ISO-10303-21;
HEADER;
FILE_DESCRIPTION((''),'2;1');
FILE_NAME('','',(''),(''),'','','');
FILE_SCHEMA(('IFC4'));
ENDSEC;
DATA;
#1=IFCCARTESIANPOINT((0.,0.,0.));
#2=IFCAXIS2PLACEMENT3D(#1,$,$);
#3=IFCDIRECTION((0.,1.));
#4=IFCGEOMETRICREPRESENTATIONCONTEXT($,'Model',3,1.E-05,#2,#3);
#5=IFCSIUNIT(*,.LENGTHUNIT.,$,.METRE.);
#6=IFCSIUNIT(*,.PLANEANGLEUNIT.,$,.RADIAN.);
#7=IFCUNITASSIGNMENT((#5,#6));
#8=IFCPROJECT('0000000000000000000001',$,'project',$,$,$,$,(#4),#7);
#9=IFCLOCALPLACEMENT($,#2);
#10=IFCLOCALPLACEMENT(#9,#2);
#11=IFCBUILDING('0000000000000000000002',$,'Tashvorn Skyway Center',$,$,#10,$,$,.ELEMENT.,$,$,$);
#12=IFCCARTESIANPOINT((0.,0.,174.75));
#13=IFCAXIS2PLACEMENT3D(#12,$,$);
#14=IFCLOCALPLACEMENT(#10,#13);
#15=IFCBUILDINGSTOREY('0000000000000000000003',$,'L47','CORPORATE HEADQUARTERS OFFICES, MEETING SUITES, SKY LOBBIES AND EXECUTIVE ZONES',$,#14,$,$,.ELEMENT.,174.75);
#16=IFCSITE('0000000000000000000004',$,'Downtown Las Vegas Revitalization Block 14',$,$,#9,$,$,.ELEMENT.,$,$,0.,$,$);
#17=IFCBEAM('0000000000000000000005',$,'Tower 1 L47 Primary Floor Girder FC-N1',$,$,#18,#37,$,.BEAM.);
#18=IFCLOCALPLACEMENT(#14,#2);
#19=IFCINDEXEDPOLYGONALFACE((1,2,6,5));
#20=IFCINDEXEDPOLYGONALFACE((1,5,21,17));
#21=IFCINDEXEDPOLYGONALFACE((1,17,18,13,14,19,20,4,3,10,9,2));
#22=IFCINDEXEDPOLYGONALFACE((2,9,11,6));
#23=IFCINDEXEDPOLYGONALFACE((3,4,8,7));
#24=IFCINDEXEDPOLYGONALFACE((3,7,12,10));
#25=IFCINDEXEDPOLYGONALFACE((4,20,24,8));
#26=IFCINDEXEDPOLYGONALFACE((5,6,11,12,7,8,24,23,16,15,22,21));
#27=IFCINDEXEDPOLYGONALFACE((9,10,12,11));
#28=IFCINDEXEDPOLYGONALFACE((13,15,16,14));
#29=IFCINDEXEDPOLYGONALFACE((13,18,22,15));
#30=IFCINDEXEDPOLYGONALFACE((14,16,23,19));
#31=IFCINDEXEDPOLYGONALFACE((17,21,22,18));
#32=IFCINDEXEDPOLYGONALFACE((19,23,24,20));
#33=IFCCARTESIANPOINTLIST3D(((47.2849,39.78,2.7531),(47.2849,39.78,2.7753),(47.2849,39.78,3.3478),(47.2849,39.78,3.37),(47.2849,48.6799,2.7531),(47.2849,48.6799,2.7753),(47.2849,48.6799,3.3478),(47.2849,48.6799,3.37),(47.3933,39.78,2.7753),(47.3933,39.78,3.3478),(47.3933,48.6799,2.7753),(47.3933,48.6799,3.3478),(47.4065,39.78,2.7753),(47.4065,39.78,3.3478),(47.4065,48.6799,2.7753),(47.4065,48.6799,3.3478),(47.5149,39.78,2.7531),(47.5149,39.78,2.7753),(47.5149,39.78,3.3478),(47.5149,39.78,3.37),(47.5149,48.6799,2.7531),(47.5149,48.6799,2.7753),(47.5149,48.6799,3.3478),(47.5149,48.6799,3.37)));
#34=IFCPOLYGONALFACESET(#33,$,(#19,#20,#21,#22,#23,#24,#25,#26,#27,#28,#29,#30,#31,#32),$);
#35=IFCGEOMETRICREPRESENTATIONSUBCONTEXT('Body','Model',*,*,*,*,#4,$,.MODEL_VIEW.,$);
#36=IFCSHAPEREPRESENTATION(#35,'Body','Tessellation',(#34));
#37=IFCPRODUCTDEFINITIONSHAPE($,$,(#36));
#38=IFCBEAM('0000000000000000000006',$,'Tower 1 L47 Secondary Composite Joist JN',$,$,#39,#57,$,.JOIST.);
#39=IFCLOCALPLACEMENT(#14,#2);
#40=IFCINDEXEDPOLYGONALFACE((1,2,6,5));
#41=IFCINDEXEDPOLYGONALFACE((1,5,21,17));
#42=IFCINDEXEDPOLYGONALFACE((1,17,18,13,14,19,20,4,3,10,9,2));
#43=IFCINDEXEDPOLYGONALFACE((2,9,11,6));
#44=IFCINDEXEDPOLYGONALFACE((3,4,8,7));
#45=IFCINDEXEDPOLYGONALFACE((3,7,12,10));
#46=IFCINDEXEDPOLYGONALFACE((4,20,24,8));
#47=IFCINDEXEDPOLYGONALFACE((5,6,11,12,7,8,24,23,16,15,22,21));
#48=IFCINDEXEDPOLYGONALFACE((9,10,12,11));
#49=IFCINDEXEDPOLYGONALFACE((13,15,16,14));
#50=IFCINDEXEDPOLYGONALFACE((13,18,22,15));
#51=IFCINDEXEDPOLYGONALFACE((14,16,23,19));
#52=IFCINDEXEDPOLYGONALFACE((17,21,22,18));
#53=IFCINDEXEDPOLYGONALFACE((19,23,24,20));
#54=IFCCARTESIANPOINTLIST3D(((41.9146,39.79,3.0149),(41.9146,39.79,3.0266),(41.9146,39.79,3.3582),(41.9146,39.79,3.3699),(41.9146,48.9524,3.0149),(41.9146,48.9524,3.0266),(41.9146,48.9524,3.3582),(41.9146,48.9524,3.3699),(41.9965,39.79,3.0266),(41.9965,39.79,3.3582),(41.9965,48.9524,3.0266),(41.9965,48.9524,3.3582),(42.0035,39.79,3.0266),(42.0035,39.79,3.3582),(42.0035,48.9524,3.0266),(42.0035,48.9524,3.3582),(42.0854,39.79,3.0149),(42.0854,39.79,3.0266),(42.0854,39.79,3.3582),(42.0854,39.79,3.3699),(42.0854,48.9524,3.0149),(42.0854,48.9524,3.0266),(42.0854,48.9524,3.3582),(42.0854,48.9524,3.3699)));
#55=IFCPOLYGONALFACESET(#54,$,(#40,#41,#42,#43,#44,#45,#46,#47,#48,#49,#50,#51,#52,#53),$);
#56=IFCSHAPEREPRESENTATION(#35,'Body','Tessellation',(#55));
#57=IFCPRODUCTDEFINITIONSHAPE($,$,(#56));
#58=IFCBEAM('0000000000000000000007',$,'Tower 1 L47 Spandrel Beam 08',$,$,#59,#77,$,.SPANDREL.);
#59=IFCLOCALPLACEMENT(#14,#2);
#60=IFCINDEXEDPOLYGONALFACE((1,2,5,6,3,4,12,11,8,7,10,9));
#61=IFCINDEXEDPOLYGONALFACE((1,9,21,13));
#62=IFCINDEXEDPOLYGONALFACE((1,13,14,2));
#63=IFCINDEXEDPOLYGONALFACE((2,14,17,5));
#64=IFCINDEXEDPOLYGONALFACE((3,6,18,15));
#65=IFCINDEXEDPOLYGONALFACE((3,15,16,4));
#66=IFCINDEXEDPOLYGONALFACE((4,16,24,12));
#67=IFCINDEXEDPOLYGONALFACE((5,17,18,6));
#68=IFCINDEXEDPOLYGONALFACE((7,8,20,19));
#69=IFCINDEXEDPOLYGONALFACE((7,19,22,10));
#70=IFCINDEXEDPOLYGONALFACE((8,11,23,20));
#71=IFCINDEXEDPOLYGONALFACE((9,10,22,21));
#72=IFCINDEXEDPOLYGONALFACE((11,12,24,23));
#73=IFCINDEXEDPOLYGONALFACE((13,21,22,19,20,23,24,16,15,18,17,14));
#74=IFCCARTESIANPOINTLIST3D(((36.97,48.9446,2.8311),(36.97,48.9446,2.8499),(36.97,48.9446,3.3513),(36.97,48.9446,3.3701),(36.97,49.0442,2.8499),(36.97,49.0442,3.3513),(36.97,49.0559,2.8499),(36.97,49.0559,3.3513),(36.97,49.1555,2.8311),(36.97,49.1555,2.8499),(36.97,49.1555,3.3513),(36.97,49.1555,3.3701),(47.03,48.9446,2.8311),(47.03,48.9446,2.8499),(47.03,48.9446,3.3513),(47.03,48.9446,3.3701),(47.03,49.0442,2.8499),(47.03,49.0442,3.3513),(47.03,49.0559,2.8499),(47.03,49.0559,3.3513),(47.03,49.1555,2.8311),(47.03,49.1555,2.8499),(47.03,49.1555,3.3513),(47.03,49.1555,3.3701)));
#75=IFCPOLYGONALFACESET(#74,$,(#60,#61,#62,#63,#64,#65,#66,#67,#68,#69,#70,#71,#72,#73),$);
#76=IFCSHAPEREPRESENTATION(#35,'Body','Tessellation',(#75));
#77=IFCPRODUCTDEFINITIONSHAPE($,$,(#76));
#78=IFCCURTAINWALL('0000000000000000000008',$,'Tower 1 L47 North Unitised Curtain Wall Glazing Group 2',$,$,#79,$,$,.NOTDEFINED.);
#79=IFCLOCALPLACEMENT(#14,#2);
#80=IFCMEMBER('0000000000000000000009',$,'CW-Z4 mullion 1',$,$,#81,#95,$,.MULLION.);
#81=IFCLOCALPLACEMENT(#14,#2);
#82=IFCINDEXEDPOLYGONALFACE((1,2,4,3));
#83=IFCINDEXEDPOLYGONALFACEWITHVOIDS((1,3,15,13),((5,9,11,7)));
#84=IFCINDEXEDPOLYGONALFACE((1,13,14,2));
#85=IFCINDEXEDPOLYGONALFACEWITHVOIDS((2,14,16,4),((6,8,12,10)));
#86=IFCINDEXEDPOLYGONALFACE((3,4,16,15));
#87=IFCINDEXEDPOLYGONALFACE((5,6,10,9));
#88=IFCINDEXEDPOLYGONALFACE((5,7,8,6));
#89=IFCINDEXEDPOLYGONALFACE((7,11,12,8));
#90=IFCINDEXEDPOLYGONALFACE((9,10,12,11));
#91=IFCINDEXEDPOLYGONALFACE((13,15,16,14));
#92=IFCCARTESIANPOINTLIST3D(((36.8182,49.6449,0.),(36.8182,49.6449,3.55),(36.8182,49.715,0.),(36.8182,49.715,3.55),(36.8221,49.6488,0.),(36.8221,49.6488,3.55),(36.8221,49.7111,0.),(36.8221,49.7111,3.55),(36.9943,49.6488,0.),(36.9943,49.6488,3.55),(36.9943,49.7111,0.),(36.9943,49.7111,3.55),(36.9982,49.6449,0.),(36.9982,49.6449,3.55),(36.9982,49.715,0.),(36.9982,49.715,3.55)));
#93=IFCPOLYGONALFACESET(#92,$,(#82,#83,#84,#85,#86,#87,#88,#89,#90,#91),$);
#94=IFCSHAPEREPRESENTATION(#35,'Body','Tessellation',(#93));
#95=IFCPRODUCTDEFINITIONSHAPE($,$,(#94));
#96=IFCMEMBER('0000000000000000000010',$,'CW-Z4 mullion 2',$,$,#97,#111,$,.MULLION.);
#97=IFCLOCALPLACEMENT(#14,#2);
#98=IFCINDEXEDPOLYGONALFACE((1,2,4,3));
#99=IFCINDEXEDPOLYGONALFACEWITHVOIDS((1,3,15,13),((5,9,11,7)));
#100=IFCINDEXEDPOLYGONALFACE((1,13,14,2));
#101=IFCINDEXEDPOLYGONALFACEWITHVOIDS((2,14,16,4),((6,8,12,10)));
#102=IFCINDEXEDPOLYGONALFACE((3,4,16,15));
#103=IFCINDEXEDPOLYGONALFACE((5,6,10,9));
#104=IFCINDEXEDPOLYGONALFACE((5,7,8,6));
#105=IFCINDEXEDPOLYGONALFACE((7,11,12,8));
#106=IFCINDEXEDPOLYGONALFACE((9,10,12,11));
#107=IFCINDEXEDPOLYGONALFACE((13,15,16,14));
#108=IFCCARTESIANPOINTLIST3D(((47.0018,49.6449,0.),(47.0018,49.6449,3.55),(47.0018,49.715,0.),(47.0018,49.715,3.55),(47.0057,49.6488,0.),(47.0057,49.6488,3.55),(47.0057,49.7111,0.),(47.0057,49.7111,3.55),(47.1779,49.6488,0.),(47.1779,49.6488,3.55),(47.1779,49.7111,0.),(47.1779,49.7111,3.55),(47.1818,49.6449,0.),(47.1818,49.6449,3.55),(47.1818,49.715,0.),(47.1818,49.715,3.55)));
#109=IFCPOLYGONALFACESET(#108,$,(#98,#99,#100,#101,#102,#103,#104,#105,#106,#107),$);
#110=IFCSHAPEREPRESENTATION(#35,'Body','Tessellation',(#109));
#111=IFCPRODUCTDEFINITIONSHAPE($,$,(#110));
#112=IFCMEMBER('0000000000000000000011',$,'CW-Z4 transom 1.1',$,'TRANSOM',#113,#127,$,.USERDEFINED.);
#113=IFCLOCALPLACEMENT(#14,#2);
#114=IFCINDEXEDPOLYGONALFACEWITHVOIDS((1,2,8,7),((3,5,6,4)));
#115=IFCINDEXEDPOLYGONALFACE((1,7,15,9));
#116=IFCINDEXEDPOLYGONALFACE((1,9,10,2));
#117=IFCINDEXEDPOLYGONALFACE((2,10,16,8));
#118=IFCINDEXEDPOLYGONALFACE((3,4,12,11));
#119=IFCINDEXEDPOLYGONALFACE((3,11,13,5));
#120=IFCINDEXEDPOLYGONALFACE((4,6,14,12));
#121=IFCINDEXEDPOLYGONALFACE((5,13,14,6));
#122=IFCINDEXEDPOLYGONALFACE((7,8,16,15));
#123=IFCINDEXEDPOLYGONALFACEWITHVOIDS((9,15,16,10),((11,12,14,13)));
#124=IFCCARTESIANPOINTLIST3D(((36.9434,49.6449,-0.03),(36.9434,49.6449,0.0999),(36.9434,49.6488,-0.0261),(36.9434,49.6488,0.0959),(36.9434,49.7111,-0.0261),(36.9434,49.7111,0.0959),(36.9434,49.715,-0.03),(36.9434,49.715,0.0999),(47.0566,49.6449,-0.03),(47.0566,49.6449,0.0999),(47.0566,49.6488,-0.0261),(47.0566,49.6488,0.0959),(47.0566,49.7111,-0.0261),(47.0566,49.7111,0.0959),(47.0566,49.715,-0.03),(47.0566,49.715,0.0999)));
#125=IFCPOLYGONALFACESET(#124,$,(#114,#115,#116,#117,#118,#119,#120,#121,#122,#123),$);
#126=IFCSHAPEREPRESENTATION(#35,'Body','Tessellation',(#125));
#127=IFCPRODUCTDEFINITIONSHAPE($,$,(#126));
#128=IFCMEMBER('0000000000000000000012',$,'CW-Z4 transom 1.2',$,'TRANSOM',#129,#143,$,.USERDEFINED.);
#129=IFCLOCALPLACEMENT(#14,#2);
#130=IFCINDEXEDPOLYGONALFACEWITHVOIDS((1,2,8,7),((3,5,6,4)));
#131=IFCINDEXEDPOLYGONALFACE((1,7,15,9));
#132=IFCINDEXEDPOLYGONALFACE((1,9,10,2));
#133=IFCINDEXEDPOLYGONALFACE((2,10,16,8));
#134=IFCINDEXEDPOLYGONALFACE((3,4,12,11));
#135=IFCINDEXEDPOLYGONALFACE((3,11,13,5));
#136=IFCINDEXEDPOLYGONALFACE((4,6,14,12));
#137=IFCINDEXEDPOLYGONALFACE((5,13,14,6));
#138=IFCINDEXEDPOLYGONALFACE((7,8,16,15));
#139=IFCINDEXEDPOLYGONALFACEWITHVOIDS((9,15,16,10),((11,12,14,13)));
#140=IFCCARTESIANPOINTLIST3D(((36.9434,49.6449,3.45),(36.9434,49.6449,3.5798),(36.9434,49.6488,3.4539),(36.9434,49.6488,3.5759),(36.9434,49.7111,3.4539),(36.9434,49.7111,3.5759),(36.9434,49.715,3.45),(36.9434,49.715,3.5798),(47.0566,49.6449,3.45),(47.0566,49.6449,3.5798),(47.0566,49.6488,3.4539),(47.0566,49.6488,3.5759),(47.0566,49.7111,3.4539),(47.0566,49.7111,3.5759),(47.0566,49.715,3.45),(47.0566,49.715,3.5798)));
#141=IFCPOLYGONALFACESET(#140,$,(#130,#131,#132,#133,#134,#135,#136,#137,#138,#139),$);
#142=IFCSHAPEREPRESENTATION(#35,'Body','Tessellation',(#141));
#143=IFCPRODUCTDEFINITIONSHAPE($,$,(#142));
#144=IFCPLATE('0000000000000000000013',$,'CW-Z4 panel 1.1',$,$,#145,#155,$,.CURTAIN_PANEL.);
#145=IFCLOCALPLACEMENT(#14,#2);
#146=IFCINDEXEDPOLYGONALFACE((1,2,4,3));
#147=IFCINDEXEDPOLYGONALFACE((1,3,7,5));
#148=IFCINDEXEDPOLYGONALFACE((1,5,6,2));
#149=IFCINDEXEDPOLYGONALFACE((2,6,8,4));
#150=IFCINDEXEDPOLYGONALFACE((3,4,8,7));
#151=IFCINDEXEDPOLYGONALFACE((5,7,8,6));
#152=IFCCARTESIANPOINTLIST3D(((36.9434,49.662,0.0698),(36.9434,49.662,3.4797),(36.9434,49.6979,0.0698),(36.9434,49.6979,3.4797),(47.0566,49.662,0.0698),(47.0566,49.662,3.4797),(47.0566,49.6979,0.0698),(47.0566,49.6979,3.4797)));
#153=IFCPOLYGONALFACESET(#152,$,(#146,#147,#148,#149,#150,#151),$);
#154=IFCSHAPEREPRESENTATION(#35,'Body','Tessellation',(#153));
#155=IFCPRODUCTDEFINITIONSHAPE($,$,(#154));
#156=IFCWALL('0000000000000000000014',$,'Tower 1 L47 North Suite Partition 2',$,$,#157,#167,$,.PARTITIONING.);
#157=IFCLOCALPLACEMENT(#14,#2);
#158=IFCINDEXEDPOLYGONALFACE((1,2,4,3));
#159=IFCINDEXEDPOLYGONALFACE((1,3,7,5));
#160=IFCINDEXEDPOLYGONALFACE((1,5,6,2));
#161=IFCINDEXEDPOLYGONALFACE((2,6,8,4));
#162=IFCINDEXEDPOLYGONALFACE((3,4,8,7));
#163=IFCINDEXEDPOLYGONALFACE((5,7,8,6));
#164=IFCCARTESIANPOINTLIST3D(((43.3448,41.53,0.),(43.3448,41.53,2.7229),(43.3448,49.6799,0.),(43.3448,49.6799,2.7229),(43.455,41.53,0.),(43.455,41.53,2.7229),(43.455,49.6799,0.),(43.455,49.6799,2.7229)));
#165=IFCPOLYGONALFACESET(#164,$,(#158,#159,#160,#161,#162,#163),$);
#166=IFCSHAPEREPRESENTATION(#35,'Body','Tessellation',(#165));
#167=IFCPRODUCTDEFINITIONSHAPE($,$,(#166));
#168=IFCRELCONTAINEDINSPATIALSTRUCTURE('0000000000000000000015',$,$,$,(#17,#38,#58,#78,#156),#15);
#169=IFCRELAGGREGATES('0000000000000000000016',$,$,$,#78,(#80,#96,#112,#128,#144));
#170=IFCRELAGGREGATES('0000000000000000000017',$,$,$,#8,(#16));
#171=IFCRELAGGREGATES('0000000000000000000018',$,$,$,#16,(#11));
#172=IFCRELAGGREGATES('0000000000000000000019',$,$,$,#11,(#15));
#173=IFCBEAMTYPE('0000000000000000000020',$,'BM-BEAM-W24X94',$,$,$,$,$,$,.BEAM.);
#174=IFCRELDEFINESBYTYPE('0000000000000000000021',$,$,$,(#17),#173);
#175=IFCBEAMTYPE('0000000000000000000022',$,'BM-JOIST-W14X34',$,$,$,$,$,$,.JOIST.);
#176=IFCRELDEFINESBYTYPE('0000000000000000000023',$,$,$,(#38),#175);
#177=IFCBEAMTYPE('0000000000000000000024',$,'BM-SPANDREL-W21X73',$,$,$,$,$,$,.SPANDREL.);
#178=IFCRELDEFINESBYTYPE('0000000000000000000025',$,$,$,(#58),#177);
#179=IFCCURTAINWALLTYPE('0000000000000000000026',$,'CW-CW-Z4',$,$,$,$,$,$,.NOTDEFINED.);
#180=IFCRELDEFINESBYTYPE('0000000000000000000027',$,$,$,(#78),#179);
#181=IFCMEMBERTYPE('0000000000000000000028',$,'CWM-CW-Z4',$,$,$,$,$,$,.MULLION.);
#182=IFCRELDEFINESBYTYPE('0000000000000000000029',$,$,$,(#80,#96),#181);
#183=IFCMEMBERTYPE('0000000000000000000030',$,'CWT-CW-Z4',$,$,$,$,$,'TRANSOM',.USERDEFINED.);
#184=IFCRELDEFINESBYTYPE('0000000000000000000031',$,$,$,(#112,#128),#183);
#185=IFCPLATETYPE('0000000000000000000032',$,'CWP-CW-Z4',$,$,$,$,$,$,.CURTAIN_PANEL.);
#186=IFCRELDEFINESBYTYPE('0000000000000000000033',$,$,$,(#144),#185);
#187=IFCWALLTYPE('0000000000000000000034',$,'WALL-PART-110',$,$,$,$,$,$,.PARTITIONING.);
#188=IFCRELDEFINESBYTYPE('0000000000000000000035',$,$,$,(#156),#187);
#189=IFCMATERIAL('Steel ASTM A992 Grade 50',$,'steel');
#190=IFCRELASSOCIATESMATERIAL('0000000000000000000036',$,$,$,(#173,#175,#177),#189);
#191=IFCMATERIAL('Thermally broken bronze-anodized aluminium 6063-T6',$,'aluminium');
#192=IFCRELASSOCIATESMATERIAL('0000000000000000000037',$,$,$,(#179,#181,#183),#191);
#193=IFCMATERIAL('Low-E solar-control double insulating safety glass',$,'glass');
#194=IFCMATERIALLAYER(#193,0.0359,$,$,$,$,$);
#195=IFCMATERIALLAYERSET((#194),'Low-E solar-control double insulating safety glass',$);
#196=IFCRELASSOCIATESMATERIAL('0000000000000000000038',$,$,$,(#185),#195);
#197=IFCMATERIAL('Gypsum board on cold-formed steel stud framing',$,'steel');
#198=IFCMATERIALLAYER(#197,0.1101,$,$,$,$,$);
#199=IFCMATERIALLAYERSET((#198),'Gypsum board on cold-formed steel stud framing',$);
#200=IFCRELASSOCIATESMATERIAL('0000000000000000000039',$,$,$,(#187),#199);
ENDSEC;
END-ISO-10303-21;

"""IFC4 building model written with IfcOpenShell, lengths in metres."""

from ifc_helpers import new_model, si_unit, direction, frame, frame_2d, origin, origin_2d, place, context, subcontext, project, spatial, rectangle, hollow_rectangle, i_section, extrude, material, layer, layer_set, material_profile, profile_set, type_object, element, aggregate, save


model = new_model("IFC4")

# Units and contexts
model_context = context("Model", 3, precision=1e-05, world=origin(), true_north=direction((0.0, 1.0)))
body_context = subcontext(model_context, "Body", "Model", "MODEL_VIEW")
ifc_project = project(units=[si_unit("LENGTHUNIT", "METRE"), si_unit("PLANEANGLEUNIT", "RADIAN")], contexts=[model_context])

# Site, building, storey
site_placement = place(None, origin())
site = spatial("IfcSite", under=ifc_project, at=site_placement, Name="Downtown Las Vegas Revitalization Block 14", CompositionType="ELEMENT", RefElevation=0.0)
building_placement = place(site_placement, origin())
building = spatial("IfcBuilding", under=site, at=building_placement, Name="Tashvorn Skyway Center", CompositionType="ELEMENT")
storey_placement = place(building_placement, frame((0.0, 0.0, 174.75)))
storey = spatial("IfcBuildingStorey", under=building, at=storey_placement, Name="L47", Description="CORPORATE HEADQUARTERS OFFICES, MEETING SUITES, SKY LOBBIES AND EXECUTIVE ZONES", CompositionType="ELEMENT", Elevation=174.75)

# Beams
ifc_material_1 = material(Name="Steel ASTM A992 Grade 50", Category="steel")
ifc_material_profile_1 = material_profile(ifc_material_1, i_section(OverallWidth=0.23, OverallDepth=0.6169, WebThickness=0.0132, FlangeThickness=0.0222, at=origin_2d()), Name="W24X94")
ifc_profile_set_1 = profile_set([ifc_material_profile_1], Name="Steel ASTM A992 Grade 50")
beam_type_1 = type_object("IfcBeamType", Name="BM-BEAM-W24X94", PredefinedType="BEAM", material=ifc_profile_set_1)
beam_1_placement = place(storey_placement, frame((47.3999, 48.6799, 3.0615), z_axis=(0.0, -1.0, 0.0), x_axis=(1.0, 0.0, 0.0)))
element("IfcBeam", 1, at=beam_1_placement, inside=storey, type_object=beam_type_1, Name="Tower 1 L47 Primary Floor Girder FC-N1", PredefinedType="BEAM", context=body_context, shape_type="SweptSolid", body=[
    extrude(i_section(OverallWidth=0.23, OverallDepth=0.6169, WebThickness=0.0132, FlangeThickness=0.0222, at=origin_2d()), origin(), (0.0, 0.0, 1.0), 8.8999),
])
ifc_material_profile_2 = material_profile(ifc_material_1, i_section(OverallWidth=0.1709, OverallDepth=0.355, WebThickness=0.0071, FlangeThickness=0.0117, at=origin_2d()), Name="W14X34")
ifc_profile_set_2 = profile_set([ifc_material_profile_2], Name="Steel ASTM A992 Grade 50")
beam_type_2 = type_object("IfcBeamType", Name="BM-JOIST-W14X34", PredefinedType="JOIST", material=ifc_profile_set_2)
beam_2_placement = place(storey_placement, frame((42.0, 39.79, 3.1924), z_axis=(0.0, 1.0, 0.0), x_axis=(-1.0, 0.0, 0.0)))
element("IfcBeam", 2, at=beam_2_placement, inside=storey, type_object=beam_type_2, Name="Tower 1 L47 Secondary Composite Joist JN", PredefinedType="JOIST", context=body_context, shape_type="SweptSolid", body=[
    extrude(i_section(OverallWidth=0.1709, OverallDepth=0.355, WebThickness=0.0071, FlangeThickness=0.0117, at=origin_2d()), origin(), (0.0, 0.0, 1.0), 9.1624),
])
ifc_material_profile_3 = material_profile(ifc_material_1, i_section(OverallWidth=0.2109, OverallDepth=0.5391, WebThickness=0.0117, FlangeThickness=0.0188, at=origin_2d()), Name="W21X73")
ifc_profile_set_3 = profile_set([ifc_material_profile_3], Name="Steel ASTM A992 Grade 50")
beam_type_3 = type_object("IfcBeamType", Name="BM-SPANDREL-W21X73", PredefinedType="SPANDREL", material=ifc_profile_set_3)
beam_3_placement = place(storey_placement, frame((47.03, 49.05, 3.1006), z_axis=(-1.0, 0.0, 0.0), x_axis=(0.0, -1.0, 0.0)))
element("IfcBeam", 3, at=beam_3_placement, inside=storey, type_object=beam_type_3, Name="Tower 1 L47 Spandrel Beam 08", PredefinedType="SPANDREL", context=body_context, shape_type="SweptSolid", body=[
    extrude(i_section(OverallWidth=0.2109, OverallDepth=0.5391, WebThickness=0.0117, FlangeThickness=0.0188, at=origin_2d()), origin(), (0.0, 0.0, 1.0), 10.0601),
])

# Curtain wall, members, plate
ifc_material_2 = material(Name="Thermally broken bronze-anodized aluminium 6063-T6", Category="aluminium")
curtain_wall_type = type_object("IfcCurtainWallType", Name="CW-CW-Z4", PredefinedType="NOTDEFINED", material=ifc_material_2)
curtain_wall_placement = place(storey_placement, origin())
curtain_wall = element("IfcCurtainWall", 4, at=curtain_wall_placement, inside=storey, type_object=curtain_wall_type, Name="Tower 1 L47 North Unitised Curtain Wall Glazing Group 2", PredefinedType="NOTDEFINED")
ifc_material_profile_4 = material_profile(ifc_material_2, hollow_rectangle(XDim=0.0701, YDim=0.1799, WallThickness=0.0039, at=origin_2d()), Name="ALU-MULL-70x180")
ifc_profile_set_4 = profile_set([ifc_material_profile_4], Name="Thermally broken bronze-anodized aluminium 6063-T6")
member_type_1 = type_object("IfcMemberType", Name="CWM-CW-Z4", PredefinedType="MULLION", material=ifc_profile_set_4)
member_1_placement = place(storey_placement, frame((36.9082, 49.6799, 0.0), z_axis=(0.0, 0.0, 1.0), x_axis=(0.0, 1.0, 0.0)))
member_1 = element("IfcMember", 5, at=member_1_placement, type_object=member_type_1, Name="CW-Z4 mullion 1", PredefinedType="MULLION", context=body_context, shape_type="SweptSolid", body=[
    extrude(hollow_rectangle(XDim=0.0701, YDim=0.1799, WallThickness=0.0039, at=origin_2d()), origin(), (0.0, 0.0, 1.0), 3.55),
])
member_2_placement = place(storey_placement, frame((47.0918, 49.6799, 0.0), z_axis=(0.0, 0.0, 1.0), x_axis=(0.0, 1.0, 0.0)))
member_2 = element("IfcMember", 6, at=member_2_placement, type_object=member_type_1, Name="CW-Z4 mullion 2", PredefinedType="MULLION", context=body_context, shape_type="SweptSolid", body=[
    extrude(hollow_rectangle(XDim=0.0701, YDim=0.1799, WallThickness=0.0039, at=origin_2d()), origin(), (0.0, 0.0, 1.0), 3.55),
])
ifc_material_profile_5 = material_profile(ifc_material_2, hollow_rectangle(XDim=0.0701, YDim=0.1299, WallThickness=0.0039, at=origin_2d()), Name="ALU-TRAN-70x130")
ifc_profile_set_5 = profile_set([ifc_material_profile_5], Name="Thermally broken bronze-anodized aluminium 6063-T6")
member_type_2 = type_object("IfcMemberType", Name="CWT-CW-Z4", ElementType="TRANSOM", PredefinedType="USERDEFINED", material=ifc_profile_set_5)
member_3_placement = place(storey_placement, frame((36.9434, 49.6799, 0.0349), z_axis=(1.0, 0.0, 0.0), x_axis=(0.0, 1.0, 0.0)))
member_3 = element("IfcMember", 7, at=member_3_placement, type_object=member_type_2, Name="CW-Z4 transom 1.1", ObjectType="TRANSOM", PredefinedType="USERDEFINED", context=body_context, shape_type="SweptSolid", body=[
    extrude(hollow_rectangle(XDim=0.0701, YDim=0.1299, WallThickness=0.0039, at=origin_2d()), origin(), (0.0, 0.0, 1.0), 10.1133),
])
member_4_placement = place(storey_placement, frame((36.9434, 49.6799, 3.5149), z_axis=(1.0, 0.0, 0.0), x_axis=(0.0, 1.0, 0.0)))
member_4 = element("IfcMember", 8, at=member_4_placement, type_object=member_type_2, Name="CW-Z4 transom 1.2", ObjectType="TRANSOM", PredefinedType="USERDEFINED", context=body_context, shape_type="SweptSolid", body=[
    extrude(hollow_rectangle(XDim=0.0701, YDim=0.1299, WallThickness=0.0039, at=origin_2d()), origin(), (0.0, 0.0, 1.0), 10.1133),
])
ifc_material_3 = material(Name="Low-E solar-control double insulating safety glass", Category="glass")
ifc_layer_1 = layer(ifc_material_3, 0.0359)
ifc_layer_set_1 = layer_set([ifc_layer_1], Name="Low-E solar-control double insulating safety glass")
plate_type = type_object("IfcPlateType", Name="CWP-CW-Z4", PredefinedType="CURTAIN_PANEL", material=ifc_layer_set_1)
plate_placement = place(storey_placement, frame((42.0, 49.6799, 0.0698), z_axis=(0.0, 0.0, 1.0), x_axis=(1.0, 0.0, 0.0)))
plate = element("IfcPlate", 9, at=plate_placement, type_object=plate_type, Name="CW-Z4 panel 1.1", PredefinedType="CURTAIN_PANEL", context=body_context, shape_type="SweptSolid", body=[
    extrude(rectangle(XDim=10.1133, YDim=0.0359, at=origin_2d()), origin(), (0.0, 0.0, 1.0), 3.4099),
])
aggregate(curtain_wall, [member_1, member_2, member_3, member_4, plate])

# Wall
ifc_material_4 = material(Name="Gypsum board on cold-formed steel stud framing", Category="steel")
ifc_layer_2 = layer(ifc_material_4, 0.1101)
ifc_layer_set_2 = layer_set([ifc_layer_2], Name="Gypsum board on cold-formed steel stud framing")
wall_type_1 = type_object("IfcWallType", Name="WALL-PART-110", PredefinedType="PARTITIONING", material=ifc_layer_set_2)
wall_1_placement = place(storey_placement, frame((43.3999, 41.53, 0.0), z_axis=(0.0, 0.0, 1.0), x_axis=(0.0, 1.0, 0.0)))
element("IfcWall", 10, at=wall_1_placement, inside=storey, type_object=wall_type_1, Name="Tower 1 L47 North Suite Partition 2", PredefinedType="PARTITIONING", context=body_context, shape_type="SweptSolid", body=[
    extrude(rectangle(XDim=8.1499, YDim=0.1101, at=frame_2d((4.075, 0.0))), origin(), (0.0, 0.0, 1.0), 2.7229),
])

save(model, "model.ifc")
